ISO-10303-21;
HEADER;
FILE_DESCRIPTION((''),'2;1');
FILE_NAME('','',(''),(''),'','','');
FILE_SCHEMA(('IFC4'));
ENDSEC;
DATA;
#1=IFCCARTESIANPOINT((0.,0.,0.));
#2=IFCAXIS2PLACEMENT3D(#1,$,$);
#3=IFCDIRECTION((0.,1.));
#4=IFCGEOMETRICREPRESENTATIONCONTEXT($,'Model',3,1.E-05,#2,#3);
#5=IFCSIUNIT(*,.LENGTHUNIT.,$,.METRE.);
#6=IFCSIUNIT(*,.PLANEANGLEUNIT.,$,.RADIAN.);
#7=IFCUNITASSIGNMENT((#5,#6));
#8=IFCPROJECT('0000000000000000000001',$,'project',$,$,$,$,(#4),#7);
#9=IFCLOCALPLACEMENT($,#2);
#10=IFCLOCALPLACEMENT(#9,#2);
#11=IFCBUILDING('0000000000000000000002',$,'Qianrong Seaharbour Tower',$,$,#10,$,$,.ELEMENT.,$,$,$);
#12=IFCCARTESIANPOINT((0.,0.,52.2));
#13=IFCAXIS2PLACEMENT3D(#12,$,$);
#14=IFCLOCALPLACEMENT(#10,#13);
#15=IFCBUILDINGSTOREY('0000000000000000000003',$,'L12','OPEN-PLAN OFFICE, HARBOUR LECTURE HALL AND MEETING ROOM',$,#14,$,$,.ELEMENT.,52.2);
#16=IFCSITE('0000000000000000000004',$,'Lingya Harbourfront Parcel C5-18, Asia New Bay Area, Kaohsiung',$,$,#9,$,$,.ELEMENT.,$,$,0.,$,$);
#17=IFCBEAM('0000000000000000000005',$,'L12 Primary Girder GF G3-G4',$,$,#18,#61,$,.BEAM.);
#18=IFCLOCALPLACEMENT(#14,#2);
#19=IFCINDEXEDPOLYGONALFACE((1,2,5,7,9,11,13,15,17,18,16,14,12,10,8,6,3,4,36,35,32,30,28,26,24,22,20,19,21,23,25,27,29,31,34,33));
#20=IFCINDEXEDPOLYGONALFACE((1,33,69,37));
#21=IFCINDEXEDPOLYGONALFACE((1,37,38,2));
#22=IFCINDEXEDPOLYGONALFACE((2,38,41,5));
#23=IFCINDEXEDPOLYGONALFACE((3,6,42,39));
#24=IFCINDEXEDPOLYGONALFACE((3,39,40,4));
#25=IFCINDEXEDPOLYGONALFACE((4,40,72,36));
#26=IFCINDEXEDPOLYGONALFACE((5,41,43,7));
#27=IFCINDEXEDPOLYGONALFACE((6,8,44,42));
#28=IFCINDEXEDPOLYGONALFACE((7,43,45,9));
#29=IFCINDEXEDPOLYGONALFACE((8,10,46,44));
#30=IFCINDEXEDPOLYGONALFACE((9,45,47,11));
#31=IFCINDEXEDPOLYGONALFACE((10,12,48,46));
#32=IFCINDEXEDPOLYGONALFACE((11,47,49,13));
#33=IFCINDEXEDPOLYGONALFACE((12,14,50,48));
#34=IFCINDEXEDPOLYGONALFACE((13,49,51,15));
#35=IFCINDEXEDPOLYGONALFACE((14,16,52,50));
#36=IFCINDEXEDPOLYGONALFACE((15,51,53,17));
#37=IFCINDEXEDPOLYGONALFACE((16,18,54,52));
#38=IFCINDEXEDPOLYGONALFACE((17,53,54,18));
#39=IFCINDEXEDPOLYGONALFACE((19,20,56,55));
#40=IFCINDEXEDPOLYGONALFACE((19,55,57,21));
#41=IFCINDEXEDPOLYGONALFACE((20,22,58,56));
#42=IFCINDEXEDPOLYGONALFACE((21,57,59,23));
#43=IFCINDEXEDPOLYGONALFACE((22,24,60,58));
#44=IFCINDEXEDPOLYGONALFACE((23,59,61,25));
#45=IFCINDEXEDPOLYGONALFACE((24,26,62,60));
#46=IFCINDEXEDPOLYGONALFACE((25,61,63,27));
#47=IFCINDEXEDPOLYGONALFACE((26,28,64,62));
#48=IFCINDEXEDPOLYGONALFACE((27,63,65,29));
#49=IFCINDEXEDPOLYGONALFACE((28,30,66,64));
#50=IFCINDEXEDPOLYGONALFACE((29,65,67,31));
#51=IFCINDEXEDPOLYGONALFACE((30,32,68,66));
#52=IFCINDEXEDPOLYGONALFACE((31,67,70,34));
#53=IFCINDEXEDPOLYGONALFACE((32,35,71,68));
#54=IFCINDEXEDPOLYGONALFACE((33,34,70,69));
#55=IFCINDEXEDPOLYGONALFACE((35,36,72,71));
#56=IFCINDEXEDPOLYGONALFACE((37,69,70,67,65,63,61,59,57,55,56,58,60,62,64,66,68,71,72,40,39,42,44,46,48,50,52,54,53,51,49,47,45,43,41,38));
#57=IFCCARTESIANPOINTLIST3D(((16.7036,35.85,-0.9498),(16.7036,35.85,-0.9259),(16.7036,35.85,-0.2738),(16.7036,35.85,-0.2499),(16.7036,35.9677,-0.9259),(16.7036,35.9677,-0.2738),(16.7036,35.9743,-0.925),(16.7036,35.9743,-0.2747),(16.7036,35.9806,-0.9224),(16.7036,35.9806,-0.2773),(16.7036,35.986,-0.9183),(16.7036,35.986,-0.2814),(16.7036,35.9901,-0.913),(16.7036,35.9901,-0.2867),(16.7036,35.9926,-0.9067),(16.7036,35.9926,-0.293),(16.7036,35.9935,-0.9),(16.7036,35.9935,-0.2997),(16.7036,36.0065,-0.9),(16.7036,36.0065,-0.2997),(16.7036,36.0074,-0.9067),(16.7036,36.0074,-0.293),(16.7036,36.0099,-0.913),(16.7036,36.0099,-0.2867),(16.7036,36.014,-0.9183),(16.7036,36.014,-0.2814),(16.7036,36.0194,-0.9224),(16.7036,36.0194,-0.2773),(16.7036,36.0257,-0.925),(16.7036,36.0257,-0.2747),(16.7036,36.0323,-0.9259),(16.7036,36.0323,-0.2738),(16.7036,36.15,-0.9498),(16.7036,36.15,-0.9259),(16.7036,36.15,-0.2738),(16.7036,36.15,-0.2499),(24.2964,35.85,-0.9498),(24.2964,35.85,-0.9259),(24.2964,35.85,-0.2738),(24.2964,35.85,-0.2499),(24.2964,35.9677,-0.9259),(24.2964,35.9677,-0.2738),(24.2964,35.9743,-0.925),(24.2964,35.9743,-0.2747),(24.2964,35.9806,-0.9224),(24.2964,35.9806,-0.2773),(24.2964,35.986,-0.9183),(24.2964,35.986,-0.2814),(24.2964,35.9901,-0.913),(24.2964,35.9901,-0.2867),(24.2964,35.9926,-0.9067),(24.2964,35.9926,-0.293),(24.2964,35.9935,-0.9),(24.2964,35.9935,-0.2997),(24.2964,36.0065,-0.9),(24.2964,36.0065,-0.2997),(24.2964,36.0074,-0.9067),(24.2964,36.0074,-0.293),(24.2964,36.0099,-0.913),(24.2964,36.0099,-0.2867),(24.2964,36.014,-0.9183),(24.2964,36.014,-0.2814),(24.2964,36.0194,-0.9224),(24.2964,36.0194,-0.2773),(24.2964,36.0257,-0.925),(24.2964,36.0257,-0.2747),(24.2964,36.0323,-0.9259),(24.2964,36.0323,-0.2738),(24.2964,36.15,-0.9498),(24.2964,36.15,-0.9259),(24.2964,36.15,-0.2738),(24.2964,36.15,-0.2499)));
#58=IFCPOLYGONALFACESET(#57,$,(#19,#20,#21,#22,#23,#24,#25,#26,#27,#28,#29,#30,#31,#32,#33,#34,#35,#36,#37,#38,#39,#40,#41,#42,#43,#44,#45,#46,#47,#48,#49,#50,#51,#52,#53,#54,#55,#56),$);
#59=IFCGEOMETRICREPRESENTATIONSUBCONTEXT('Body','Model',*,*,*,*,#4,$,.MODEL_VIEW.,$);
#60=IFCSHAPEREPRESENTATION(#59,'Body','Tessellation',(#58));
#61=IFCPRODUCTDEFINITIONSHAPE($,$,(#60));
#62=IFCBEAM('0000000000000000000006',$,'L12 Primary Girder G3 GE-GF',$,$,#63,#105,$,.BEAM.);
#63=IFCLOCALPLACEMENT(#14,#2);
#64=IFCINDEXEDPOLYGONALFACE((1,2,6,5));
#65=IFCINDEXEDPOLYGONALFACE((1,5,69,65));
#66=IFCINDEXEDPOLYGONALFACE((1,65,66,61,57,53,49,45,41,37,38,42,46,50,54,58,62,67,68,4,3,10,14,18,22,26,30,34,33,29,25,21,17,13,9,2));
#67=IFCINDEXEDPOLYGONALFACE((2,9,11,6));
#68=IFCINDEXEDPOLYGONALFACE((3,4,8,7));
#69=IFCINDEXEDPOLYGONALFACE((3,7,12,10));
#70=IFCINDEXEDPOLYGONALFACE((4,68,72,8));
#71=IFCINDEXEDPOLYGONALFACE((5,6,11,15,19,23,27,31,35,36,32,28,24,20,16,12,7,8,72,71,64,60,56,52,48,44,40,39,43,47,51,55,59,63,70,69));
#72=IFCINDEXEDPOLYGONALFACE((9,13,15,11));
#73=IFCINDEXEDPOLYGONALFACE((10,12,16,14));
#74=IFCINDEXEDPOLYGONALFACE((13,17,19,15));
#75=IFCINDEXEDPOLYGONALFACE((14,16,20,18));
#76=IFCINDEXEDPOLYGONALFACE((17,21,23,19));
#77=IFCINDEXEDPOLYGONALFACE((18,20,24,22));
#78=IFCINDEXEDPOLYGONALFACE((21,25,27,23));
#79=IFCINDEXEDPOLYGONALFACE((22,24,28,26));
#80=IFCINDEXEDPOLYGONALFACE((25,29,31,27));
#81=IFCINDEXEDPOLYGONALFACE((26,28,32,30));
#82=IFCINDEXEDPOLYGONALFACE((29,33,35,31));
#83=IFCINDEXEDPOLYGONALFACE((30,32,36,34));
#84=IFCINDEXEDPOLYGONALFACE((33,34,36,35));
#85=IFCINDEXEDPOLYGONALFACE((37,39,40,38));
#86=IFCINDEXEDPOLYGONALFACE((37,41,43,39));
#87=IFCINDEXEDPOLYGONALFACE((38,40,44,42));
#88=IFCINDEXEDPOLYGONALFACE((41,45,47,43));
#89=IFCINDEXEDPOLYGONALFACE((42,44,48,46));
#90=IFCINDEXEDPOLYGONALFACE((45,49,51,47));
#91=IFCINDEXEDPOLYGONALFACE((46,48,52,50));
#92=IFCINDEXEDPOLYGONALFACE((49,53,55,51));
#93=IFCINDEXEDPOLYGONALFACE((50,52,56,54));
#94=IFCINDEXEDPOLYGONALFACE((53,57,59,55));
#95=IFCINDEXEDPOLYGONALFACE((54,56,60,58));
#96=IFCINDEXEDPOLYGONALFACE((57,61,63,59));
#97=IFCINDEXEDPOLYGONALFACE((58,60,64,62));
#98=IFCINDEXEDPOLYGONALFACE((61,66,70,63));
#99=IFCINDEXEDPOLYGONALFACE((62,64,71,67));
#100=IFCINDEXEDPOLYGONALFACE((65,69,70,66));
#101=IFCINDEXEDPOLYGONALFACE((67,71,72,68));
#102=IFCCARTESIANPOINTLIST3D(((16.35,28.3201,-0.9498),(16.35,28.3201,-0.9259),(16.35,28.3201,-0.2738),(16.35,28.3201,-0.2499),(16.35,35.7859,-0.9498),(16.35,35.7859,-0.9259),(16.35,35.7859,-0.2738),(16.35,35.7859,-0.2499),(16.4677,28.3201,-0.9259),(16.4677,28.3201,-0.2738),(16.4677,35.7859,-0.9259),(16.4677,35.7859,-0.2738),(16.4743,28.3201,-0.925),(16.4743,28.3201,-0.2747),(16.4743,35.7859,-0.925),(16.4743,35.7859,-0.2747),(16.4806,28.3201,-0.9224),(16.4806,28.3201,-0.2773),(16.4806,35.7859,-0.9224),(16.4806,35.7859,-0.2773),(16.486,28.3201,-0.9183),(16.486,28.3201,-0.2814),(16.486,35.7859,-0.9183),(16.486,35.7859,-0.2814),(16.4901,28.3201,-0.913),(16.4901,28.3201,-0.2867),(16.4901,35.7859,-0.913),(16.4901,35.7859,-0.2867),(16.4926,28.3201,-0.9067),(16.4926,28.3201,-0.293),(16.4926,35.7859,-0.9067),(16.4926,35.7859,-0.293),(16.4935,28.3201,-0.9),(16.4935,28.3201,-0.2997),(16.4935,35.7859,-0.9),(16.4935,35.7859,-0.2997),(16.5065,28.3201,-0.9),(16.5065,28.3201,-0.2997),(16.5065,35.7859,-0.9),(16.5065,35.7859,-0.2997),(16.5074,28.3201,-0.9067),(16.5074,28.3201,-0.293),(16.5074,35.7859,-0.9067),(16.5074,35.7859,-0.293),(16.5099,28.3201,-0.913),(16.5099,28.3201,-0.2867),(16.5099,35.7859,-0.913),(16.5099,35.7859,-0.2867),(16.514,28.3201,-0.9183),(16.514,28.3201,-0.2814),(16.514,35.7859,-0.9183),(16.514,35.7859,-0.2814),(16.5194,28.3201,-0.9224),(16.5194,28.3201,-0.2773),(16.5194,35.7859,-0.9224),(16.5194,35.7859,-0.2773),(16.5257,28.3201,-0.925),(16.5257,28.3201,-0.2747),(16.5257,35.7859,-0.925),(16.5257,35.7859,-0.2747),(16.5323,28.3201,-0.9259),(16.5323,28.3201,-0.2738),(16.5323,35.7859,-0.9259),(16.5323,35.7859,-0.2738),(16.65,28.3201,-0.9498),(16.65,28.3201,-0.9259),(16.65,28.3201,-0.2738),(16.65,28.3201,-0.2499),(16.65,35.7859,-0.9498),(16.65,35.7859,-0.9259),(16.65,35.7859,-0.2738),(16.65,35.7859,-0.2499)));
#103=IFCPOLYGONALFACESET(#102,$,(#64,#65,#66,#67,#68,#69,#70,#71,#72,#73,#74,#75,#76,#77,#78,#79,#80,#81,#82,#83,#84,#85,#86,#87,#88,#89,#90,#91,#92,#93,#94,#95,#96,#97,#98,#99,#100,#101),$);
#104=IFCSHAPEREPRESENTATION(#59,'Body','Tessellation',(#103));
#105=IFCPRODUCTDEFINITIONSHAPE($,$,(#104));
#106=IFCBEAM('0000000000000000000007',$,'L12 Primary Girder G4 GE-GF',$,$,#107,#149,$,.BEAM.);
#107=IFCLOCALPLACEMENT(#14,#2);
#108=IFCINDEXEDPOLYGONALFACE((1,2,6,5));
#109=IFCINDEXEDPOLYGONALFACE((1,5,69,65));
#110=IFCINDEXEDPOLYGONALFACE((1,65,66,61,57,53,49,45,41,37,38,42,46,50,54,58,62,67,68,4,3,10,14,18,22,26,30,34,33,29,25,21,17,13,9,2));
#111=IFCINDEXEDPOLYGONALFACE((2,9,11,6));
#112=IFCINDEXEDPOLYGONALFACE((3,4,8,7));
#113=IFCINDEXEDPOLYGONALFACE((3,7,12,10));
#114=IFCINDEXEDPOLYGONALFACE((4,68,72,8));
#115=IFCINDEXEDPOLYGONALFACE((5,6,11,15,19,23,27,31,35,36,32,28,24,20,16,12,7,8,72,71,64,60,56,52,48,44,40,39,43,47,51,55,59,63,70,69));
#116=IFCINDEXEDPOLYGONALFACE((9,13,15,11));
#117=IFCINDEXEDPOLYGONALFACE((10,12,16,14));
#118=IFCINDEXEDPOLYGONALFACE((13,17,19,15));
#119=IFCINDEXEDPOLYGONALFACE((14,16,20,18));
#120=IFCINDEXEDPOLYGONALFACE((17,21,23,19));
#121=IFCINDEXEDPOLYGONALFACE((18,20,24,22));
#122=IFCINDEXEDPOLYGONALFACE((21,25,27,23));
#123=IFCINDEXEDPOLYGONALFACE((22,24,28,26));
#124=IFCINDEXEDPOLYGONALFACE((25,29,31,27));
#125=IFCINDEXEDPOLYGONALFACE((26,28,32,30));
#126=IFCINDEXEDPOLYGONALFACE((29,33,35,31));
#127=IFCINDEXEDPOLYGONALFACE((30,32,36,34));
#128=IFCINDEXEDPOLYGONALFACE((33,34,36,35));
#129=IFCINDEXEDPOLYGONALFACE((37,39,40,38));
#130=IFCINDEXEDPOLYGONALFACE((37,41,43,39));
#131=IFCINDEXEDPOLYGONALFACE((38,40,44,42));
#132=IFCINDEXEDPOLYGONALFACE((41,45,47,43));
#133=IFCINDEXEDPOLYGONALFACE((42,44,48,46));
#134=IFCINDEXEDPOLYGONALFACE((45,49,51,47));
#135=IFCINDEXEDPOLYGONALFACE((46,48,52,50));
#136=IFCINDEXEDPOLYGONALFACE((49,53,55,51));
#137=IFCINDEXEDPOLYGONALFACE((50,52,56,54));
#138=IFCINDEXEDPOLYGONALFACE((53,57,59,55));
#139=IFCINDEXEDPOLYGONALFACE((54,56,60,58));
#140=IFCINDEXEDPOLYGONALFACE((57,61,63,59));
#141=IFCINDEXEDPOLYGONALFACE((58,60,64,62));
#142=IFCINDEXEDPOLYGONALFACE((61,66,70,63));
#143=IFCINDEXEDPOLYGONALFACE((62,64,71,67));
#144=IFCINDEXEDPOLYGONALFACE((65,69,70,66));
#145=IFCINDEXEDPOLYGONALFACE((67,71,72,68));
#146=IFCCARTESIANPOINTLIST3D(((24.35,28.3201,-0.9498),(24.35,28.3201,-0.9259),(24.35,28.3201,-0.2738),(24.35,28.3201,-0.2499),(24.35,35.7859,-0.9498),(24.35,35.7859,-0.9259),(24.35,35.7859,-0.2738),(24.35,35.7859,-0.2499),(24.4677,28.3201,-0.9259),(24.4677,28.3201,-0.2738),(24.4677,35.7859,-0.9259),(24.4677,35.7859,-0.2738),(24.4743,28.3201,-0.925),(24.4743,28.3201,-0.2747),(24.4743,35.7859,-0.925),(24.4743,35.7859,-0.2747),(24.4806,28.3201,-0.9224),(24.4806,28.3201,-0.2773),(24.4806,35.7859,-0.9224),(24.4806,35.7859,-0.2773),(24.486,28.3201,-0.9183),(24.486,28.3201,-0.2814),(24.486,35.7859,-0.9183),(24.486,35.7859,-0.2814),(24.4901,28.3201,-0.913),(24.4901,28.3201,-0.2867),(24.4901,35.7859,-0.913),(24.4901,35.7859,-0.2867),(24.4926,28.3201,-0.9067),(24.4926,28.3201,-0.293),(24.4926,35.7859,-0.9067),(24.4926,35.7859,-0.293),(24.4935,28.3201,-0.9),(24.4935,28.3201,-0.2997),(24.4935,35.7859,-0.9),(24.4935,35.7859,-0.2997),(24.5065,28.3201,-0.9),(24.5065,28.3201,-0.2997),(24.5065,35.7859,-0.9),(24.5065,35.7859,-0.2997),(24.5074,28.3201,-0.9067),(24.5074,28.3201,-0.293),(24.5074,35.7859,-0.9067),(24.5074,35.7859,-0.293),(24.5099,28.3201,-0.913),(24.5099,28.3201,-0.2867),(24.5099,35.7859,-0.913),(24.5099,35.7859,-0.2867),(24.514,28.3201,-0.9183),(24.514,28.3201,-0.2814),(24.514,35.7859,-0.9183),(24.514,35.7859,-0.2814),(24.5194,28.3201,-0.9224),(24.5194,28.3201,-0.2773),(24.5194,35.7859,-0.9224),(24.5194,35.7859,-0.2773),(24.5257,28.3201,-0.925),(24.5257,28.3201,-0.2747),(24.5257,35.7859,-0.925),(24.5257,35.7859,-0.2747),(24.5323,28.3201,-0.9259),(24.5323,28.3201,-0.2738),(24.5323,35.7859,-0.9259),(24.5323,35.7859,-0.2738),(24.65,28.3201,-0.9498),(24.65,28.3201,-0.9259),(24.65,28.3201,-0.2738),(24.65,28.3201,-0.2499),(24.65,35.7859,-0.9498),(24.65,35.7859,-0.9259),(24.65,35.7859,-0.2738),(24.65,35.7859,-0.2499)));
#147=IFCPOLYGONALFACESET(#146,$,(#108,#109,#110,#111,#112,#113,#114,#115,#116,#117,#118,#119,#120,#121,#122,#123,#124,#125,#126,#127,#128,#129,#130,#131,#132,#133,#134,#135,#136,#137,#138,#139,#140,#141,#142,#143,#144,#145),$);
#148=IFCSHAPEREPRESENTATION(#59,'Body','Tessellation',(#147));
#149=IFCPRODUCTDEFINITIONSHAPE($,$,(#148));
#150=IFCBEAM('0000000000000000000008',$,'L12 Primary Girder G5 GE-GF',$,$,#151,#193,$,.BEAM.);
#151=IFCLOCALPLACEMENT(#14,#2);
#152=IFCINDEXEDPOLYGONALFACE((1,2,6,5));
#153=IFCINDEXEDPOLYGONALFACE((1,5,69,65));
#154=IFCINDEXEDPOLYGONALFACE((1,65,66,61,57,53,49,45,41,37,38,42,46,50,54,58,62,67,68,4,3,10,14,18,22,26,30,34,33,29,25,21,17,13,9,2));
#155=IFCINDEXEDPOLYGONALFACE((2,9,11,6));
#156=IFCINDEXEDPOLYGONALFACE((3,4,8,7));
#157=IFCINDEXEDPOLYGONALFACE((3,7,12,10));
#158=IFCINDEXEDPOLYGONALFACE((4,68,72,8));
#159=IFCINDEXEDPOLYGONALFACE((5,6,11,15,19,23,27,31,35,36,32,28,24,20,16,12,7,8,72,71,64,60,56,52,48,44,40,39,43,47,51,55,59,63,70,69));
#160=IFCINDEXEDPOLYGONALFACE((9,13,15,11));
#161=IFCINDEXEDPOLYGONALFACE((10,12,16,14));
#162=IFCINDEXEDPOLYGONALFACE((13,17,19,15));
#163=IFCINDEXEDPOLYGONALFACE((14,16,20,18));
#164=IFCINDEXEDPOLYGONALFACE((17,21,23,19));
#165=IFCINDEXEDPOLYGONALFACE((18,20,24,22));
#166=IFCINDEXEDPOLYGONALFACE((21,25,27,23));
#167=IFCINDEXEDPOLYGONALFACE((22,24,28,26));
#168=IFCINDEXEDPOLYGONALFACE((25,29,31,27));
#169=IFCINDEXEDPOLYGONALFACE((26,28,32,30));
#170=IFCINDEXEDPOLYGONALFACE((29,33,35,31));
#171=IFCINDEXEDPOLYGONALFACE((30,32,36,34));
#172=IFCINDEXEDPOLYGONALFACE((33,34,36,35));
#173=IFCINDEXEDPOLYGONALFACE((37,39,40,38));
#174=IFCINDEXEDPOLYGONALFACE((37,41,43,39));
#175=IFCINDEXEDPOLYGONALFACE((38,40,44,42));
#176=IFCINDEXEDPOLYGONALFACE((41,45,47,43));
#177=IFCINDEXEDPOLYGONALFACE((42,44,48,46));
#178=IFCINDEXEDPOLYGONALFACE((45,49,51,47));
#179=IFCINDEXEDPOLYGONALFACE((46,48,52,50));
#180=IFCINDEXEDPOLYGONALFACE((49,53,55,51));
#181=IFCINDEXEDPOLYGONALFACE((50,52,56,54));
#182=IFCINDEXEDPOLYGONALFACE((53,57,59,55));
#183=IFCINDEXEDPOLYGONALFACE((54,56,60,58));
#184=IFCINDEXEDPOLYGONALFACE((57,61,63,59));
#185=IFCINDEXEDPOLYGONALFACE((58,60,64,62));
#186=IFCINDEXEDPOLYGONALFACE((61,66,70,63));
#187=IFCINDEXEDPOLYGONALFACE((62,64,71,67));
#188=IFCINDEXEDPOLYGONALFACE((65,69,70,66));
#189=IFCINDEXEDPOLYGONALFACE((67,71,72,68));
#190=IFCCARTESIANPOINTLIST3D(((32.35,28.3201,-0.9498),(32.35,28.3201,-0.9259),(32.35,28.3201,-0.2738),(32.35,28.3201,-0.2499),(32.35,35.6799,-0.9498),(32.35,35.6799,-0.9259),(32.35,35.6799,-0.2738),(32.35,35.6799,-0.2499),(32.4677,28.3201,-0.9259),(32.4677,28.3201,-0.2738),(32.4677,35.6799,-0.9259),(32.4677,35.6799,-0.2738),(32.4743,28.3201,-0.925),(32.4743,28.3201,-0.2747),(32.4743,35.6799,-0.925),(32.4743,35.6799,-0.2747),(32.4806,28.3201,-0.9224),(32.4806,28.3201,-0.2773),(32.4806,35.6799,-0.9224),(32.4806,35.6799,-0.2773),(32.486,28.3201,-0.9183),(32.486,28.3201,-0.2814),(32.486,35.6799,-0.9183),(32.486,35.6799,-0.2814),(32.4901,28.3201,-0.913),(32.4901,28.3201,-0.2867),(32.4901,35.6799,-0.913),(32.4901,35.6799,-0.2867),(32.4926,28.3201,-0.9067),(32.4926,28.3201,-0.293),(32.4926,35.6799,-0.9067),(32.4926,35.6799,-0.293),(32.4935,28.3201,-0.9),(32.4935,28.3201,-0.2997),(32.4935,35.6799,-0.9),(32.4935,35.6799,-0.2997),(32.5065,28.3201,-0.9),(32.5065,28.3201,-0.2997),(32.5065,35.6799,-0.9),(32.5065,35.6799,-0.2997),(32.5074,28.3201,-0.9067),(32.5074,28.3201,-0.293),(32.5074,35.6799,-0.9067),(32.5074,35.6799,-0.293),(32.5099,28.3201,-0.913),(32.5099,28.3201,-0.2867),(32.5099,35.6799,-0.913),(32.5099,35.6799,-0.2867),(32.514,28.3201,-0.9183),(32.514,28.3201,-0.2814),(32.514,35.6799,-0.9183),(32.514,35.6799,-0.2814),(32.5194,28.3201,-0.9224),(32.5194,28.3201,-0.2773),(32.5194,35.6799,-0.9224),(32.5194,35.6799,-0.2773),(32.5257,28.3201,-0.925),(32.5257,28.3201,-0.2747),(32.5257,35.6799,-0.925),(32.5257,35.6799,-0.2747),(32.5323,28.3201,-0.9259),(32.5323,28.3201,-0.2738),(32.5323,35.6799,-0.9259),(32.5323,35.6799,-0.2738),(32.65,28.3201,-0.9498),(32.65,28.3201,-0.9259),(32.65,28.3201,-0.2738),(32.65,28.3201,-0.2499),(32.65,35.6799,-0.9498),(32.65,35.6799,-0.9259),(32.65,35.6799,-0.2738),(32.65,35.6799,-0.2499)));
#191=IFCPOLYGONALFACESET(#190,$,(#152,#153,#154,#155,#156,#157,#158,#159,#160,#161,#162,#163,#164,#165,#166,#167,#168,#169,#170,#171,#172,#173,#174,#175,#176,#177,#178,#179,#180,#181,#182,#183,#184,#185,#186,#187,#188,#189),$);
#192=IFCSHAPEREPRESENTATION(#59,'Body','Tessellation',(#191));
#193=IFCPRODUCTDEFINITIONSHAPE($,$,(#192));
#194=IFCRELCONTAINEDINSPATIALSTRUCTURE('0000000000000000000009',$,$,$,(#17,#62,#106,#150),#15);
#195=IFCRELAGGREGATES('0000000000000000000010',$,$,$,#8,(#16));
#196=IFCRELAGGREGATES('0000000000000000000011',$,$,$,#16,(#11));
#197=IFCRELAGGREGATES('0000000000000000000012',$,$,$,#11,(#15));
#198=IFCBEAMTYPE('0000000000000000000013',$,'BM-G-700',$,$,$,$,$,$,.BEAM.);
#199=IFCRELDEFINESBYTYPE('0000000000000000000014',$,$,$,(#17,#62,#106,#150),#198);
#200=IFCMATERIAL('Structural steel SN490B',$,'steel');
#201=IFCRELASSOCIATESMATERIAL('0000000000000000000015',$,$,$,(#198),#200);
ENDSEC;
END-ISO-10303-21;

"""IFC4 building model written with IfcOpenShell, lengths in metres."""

from ifc_helpers import new_model, si_unit, direction, frame, origin, origin_2d, place, context, subcontext, project, spatial, i_section, extrude, material, material_profile, profile_set, type_object, element, save


model = new_model("IFC4")

# Units and contexts
model_context = context("Model", 3, precision=1e-05, world=origin(), true_north=direction((0.0, 1.0)))
body_context = subcontext(model_context, "Body", "Model", "MODEL_VIEW")
ifc_project = project(units=[si_unit("LENGTHUNIT", "METRE"), si_unit("PLANEANGLEUNIT", "RADIAN")], contexts=[model_context])

# Site, building, storey
site_placement = place(None, origin())
site = spatial("IfcSite", under=ifc_project, at=site_placement, Name="Lingya Harbourfront Parcel C5-18, Asia New Bay Area, Kaohsiung", CompositionType="ELEMENT", RefElevation=0.0)
building_placement = place(site_placement, origin())
building = spatial("IfcBuilding", under=site, at=building_placement, Name="Qianrong Seaharbour Tower", CompositionType="ELEMENT")
storey_placement = place(building_placement, frame((0.0, 0.0, 52.2)))
storey = spatial("IfcBuildingStorey", under=building, at=storey_placement, Name="L12", Description="OPEN-PLAN OFFICE, HARBOUR LECTURE HALL AND MEETING ROOM", CompositionType="ELEMENT", Elevation=52.2)

# Shared definitions
ifc_material_1 = material(Name="Structural steel SN490B", Category="steel")

# Beams
ifc_material_profile_1 = material_profile(ifc_material_1, i_section(OverallWidth=0.3, OverallDepth=0.7, WebThickness=0.0129, FlangeThickness=0.0239, FilletRadius=0.0259, at=origin_2d()), Name="H700x300x13x24")
ifc_profile_set_1 = profile_set([ifc_material_profile_1], Name="Structural steel SN490B")
beam_type_1 = type_object("IfcBeamType", Name="BM-G-700", PredefinedType="BEAM", material=ifc_profile_set_1)
beam_1_placement = place(storey_placement, frame((16.7036, 36.0, -0.5999), z_axis=(1.0, 0.0, 0.0), x_axis=(0.0, 1.0, 0.0)))
element("IfcBeam", 1, at=beam_1_placement, inside=storey, type_object=beam_type_1, Name="L12 Primary Girder GF G3-G4", PredefinedType="BEAM", context=body_context, shape_type="SweptSolid", body=[
    extrude(i_section(OverallWidth=0.3, OverallDepth=0.7, WebThickness=0.0129, FlangeThickness=0.0239, FilletRadius=0.0259, at=origin_2d()), origin(), (0.0, 0.0, 1.0), 7.5928),
])
for number, where, z_axis, x_axis, name in (
    (2, (16.5, 28.3201, -0.5999), (0.0, 1.0, 0.0), (-1.0, 0.0, 0.0), "L12 Primary Girder G3 GE-GF"),
    (3, (24.5, 28.3201, -0.5999), (0.0, 1.0, 0.0), (-1.0, 0.0, 0.0), "L12 Primary Girder G4 GE-GF"),
):
    element("IfcBeam", number, at=place(storey_placement, frame(where, z_axis=z_axis, x_axis=x_axis)), inside=storey, type_object=beam_type_1, Name=name, PredefinedType="BEAM", context=body_context, shape_type="SweptSolid", body=[
        extrude(i_section(OverallWidth=0.3, OverallDepth=0.7, WebThickness=0.0129, FlangeThickness=0.0239, FilletRadius=0.0259, at=origin_2d()), origin(), (0.0, 0.0, 1.0), 7.4658),
    ])
for number, where, z_axis, x_axis, name in (
    (4, (32.5, 28.3201, -0.5999), (0.0, 1.0, 0.0), (-1.0, 0.0, 0.0), "L12 Primary Girder G5 GE-GF"),
):
    element("IfcBeam", number, at=place(storey_placement, frame(where, z_axis=z_axis, x_axis=x_axis)), inside=storey, type_object=beam_type_1, Name=name, PredefinedType="BEAM", context=body_context, shape_type="SweptSolid", body=[
        extrude(i_section(OverallWidth=0.3, OverallDepth=0.7, WebThickness=0.0129, FlangeThickness=0.0239, FilletRadius=0.0259, at=origin_2d()), origin(), (0.0, 0.0, 1.0), 7.3599),
    ])

save(model, "model.ifc")
